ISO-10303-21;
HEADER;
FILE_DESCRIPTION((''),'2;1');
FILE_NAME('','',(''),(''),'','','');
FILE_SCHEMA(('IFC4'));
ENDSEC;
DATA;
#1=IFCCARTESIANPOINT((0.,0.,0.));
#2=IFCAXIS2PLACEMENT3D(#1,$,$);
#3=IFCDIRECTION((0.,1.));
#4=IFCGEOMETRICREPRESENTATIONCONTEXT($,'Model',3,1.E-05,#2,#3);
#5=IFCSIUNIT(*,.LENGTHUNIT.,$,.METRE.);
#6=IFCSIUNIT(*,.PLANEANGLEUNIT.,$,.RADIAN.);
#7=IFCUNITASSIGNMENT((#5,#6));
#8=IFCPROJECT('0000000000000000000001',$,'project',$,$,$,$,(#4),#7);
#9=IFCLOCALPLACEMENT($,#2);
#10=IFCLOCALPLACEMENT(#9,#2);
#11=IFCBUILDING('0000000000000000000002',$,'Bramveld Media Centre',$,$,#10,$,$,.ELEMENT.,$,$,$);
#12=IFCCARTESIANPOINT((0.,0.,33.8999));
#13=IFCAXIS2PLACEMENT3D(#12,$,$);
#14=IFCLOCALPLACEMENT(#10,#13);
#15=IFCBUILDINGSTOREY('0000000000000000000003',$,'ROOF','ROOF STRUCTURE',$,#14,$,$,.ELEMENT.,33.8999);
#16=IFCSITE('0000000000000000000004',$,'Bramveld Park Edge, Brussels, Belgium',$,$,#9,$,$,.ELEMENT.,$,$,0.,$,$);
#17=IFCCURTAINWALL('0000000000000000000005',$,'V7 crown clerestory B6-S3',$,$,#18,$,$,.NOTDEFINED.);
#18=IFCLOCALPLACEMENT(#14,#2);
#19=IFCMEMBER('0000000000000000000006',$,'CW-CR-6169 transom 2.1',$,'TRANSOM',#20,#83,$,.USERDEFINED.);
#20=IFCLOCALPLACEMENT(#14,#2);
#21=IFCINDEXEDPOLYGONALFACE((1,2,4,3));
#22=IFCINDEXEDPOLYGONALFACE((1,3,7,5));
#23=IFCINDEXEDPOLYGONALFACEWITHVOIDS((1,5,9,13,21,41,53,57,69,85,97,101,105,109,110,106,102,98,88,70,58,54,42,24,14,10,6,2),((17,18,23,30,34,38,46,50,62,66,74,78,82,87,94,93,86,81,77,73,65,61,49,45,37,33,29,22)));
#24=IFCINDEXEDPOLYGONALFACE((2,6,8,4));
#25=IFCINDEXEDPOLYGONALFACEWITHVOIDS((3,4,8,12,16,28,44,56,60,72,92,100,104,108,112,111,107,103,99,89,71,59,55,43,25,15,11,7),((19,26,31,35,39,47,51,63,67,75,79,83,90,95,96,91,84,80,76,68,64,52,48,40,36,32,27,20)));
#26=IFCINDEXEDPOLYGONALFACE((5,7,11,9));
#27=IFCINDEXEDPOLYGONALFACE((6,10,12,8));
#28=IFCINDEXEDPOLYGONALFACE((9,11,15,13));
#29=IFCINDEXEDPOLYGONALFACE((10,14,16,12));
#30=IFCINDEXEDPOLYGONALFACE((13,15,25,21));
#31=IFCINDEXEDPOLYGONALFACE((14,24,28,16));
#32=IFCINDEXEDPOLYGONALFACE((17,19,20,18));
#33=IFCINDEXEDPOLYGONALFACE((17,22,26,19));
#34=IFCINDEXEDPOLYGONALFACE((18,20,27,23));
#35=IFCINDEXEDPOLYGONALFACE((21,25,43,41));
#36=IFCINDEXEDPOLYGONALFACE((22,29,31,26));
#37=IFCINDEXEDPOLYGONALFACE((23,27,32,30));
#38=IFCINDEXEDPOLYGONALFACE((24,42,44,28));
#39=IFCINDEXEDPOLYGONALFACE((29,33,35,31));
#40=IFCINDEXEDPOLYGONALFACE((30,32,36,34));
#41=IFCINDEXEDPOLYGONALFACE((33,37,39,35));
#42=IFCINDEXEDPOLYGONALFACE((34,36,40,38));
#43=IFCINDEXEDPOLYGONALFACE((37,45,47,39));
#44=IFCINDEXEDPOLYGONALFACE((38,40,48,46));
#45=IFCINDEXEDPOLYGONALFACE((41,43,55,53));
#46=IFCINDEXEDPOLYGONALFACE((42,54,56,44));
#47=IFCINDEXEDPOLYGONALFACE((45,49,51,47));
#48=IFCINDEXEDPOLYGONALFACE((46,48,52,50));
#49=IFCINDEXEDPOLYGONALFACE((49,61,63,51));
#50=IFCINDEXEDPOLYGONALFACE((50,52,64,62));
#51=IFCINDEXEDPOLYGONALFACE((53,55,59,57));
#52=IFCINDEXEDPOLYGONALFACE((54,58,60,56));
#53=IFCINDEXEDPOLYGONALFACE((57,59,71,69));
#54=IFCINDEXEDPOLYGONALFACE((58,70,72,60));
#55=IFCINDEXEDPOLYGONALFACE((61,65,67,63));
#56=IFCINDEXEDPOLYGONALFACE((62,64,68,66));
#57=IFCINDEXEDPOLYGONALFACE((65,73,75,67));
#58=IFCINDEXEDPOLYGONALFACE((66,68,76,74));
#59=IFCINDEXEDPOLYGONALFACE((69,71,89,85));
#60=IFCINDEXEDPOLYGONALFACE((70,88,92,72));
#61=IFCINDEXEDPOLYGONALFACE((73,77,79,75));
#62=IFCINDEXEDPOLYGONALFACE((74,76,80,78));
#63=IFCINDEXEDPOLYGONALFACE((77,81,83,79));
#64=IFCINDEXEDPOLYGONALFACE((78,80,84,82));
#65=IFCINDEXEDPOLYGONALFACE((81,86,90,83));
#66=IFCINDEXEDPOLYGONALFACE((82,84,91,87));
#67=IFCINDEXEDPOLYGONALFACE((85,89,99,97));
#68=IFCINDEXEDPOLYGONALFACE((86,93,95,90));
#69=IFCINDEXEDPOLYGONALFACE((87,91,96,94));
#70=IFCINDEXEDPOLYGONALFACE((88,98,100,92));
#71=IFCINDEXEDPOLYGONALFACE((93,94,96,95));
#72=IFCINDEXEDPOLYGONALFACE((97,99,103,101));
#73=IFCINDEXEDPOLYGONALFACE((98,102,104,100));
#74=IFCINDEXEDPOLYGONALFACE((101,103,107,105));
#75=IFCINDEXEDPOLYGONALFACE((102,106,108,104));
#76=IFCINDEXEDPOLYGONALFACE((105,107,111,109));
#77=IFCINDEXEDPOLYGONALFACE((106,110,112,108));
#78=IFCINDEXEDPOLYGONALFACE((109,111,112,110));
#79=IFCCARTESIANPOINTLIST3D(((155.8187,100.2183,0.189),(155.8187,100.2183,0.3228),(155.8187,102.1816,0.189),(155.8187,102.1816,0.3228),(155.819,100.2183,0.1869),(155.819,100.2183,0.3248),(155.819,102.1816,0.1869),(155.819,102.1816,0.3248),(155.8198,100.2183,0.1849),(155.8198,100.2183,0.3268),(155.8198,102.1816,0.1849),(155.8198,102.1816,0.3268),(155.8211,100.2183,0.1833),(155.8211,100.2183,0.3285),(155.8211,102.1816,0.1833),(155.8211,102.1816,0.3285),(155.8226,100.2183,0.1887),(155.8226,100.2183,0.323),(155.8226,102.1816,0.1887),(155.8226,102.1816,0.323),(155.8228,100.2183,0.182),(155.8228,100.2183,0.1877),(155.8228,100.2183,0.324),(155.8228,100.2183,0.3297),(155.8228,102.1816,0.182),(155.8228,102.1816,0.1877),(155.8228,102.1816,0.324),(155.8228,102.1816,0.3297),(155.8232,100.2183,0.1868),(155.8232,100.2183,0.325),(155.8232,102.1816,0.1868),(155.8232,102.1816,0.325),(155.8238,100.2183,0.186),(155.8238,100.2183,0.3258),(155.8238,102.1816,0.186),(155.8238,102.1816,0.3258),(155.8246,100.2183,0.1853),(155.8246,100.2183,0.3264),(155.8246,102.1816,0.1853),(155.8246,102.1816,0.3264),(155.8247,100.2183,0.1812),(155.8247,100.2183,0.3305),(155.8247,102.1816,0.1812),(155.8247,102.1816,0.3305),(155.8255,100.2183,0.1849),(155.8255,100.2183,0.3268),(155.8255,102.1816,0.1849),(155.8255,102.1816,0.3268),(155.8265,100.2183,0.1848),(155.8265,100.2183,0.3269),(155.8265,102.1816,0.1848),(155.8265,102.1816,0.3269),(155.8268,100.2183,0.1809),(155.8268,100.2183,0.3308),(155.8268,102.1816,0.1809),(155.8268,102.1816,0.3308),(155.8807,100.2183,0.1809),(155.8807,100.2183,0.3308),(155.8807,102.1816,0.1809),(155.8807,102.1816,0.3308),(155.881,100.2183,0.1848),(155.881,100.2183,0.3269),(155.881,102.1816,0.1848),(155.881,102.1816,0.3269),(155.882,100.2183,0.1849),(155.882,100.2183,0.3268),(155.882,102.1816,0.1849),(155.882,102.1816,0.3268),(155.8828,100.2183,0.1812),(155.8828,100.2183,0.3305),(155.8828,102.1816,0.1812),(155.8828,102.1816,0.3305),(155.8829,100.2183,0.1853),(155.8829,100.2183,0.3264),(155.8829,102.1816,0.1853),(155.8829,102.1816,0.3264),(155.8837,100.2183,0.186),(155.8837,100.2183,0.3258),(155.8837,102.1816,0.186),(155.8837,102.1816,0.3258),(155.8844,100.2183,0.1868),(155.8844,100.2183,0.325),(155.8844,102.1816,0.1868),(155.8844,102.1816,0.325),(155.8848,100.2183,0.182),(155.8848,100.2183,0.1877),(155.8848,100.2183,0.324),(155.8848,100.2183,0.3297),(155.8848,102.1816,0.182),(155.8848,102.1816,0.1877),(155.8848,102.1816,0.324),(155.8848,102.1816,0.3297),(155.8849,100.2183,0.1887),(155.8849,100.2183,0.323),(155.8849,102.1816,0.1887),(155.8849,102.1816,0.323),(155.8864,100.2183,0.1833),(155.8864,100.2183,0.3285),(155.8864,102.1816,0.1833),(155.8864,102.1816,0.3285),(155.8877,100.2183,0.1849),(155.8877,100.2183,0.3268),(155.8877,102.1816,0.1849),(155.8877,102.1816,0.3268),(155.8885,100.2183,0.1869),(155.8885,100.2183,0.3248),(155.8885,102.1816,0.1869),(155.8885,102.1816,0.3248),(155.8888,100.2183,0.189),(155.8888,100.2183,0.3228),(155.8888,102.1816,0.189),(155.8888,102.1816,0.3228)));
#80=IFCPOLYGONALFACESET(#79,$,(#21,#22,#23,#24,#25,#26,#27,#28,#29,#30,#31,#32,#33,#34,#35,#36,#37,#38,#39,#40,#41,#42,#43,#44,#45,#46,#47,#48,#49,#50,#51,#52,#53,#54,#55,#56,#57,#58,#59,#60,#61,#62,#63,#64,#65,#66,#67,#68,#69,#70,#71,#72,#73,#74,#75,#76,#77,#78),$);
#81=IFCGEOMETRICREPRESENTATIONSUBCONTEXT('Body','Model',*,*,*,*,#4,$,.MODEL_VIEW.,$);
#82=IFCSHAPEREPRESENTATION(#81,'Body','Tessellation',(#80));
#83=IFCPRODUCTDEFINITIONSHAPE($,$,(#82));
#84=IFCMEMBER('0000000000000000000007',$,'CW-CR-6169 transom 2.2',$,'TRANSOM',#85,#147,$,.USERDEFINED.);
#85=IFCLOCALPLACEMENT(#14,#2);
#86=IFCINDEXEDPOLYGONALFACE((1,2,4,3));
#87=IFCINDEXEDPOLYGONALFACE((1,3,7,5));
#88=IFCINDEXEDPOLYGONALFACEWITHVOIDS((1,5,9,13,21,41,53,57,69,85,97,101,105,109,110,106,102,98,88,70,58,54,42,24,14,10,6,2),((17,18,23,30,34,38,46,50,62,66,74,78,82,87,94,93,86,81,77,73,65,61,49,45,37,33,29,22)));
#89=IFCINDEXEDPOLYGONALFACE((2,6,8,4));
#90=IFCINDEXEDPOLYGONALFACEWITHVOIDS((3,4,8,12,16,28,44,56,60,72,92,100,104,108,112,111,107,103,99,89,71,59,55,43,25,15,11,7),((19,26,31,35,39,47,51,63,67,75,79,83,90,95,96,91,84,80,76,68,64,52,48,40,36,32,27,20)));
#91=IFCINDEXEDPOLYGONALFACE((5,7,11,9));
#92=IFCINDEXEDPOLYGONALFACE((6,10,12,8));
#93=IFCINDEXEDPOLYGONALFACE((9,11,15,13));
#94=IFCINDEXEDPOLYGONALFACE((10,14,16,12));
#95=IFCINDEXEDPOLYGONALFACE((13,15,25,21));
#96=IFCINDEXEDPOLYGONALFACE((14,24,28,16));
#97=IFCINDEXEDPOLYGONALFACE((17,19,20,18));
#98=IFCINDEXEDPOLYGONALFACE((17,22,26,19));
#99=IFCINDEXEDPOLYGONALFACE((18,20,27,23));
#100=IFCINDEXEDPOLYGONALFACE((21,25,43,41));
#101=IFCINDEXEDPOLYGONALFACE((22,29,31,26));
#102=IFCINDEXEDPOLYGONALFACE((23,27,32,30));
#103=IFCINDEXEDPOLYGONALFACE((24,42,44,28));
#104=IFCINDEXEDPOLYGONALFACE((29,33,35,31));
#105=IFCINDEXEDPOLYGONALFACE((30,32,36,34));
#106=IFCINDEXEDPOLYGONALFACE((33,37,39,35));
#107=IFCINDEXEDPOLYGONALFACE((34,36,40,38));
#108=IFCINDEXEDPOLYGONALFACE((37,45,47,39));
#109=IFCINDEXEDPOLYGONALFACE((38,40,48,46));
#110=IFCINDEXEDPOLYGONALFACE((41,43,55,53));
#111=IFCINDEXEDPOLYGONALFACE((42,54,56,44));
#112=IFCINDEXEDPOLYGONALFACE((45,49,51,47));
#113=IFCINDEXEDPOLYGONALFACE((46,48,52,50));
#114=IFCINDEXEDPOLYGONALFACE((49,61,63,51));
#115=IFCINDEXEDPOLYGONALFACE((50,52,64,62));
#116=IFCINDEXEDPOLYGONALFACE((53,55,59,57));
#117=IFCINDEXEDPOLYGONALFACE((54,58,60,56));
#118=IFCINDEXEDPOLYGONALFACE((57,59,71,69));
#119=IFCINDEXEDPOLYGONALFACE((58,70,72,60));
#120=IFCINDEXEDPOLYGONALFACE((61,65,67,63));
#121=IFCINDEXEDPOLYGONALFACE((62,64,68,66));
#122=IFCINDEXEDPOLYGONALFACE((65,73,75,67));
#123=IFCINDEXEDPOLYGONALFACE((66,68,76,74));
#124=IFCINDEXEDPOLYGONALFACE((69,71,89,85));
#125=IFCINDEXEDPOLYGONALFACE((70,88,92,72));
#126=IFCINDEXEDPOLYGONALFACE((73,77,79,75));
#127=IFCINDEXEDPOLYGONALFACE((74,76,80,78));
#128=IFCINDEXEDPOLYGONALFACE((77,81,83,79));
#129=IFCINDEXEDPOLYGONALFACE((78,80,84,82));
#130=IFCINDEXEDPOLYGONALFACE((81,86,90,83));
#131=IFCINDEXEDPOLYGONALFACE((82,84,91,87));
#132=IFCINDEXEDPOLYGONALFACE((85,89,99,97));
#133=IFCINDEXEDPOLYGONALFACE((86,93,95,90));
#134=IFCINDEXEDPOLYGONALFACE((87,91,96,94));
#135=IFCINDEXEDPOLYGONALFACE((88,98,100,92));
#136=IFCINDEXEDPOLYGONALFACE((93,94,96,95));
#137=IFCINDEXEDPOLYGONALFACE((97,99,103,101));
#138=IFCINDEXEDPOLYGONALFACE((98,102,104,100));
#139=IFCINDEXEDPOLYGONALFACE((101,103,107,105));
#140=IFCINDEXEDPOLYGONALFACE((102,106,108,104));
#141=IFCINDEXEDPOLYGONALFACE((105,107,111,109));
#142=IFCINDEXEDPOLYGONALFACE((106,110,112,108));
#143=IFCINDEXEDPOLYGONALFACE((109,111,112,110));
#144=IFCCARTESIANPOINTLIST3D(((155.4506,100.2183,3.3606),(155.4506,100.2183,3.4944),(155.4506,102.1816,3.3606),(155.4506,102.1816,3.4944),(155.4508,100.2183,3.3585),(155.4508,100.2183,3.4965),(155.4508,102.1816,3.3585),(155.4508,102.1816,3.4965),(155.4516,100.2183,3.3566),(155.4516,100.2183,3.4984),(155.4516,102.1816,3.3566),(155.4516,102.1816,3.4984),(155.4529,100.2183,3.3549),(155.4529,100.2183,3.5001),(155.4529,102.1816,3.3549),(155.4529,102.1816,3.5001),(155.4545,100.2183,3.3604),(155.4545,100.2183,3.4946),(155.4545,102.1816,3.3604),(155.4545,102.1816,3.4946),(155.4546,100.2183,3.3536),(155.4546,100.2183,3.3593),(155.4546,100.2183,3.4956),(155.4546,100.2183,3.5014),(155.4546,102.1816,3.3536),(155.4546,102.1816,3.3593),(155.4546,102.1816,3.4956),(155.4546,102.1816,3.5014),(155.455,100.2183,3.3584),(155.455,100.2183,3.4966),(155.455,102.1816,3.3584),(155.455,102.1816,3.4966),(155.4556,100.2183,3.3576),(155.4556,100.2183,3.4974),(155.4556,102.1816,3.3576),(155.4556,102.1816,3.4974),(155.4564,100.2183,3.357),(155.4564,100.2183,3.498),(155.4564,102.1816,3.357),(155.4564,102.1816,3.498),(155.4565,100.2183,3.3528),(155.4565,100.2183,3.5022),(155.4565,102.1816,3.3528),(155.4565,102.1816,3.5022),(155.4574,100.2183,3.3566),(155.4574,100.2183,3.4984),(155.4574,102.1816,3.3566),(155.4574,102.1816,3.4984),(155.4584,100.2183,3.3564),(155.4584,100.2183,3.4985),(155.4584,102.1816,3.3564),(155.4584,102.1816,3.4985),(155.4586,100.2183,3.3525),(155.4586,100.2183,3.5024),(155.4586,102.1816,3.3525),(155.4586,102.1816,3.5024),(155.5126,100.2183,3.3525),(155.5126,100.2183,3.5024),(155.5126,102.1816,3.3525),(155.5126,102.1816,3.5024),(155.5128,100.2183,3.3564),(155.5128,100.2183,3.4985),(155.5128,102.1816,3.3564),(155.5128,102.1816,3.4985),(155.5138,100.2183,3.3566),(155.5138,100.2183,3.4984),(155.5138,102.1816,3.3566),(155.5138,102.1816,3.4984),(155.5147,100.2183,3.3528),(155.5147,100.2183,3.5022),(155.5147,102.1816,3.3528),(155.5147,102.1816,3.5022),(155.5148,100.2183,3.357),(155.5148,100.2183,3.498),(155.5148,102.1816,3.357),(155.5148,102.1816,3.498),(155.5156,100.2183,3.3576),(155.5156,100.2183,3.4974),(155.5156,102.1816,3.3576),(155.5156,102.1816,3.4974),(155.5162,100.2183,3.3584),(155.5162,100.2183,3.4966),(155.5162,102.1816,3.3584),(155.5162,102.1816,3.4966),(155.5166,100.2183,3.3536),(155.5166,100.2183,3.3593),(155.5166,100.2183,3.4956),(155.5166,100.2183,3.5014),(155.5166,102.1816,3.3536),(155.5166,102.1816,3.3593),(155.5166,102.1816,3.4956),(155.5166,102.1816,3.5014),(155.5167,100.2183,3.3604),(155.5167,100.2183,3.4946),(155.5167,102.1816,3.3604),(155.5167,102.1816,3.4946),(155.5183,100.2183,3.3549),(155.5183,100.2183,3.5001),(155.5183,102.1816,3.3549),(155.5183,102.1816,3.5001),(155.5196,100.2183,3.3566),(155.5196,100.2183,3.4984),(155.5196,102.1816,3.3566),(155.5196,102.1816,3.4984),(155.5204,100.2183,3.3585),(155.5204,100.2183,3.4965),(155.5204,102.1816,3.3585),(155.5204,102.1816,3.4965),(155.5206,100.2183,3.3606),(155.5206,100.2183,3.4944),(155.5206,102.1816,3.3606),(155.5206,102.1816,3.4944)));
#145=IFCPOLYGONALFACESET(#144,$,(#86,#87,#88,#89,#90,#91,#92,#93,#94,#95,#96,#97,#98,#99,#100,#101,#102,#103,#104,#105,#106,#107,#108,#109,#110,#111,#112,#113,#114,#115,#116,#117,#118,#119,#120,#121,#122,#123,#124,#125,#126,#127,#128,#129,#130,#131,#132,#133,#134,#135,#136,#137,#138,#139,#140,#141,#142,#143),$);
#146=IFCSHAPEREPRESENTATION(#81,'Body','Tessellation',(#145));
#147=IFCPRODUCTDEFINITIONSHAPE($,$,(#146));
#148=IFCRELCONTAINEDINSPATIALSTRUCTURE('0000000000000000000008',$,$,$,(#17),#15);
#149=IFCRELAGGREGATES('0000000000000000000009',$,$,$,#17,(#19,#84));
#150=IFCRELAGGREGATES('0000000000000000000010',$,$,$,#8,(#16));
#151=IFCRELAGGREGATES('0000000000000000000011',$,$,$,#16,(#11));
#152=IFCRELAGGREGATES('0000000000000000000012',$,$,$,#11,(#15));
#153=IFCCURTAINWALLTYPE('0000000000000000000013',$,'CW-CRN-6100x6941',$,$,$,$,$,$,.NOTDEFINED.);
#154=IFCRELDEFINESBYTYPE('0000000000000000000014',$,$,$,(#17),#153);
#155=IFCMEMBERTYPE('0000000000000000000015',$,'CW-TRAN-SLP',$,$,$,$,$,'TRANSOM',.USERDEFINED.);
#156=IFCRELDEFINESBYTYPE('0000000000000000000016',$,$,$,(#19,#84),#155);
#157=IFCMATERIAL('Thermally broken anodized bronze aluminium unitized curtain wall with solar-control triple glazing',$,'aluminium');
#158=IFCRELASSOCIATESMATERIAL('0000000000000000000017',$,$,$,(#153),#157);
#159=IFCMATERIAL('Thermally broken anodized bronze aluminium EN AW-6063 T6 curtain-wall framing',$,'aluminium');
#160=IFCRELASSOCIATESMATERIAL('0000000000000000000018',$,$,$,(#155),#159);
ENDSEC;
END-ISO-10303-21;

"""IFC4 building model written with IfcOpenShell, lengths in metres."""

from ifc_helpers import new_model, si_unit, direction, frame, origin, origin_2d, place, context, subcontext, project, spatial, hollow_rectangle, extrude, material, material_profile, profile_set, type_object, element, aggregate, save


model = new_model("IFC4")

# Units and contexts
model_context = context("Model", 3, precision=1e-05, world=origin(), true_north=direction((0.0, 1.0)))
body_context = subcontext(model_context, "Body", "Model", "MODEL_VIEW")
ifc_project = project(units=[si_unit("LENGTHUNIT", "METRE"), si_unit("PLANEANGLEUNIT", "RADIAN")], contexts=[model_context])

# Site, building, storey
site_placement = place(None, origin())
site = spatial("IfcSite", under=ifc_project, at=site_placement, Name="Bramveld Park Edge, Brussels, Belgium", CompositionType="ELEMENT", RefElevation=0.0)
building_placement = place(site_placement, origin())
building = spatial("IfcBuilding", under=site, at=building_placement, Name="Bramveld Media Centre", CompositionType="ELEMENT")
storey_placement = place(building_placement, frame((0.0, 0.0, 33.8999)))
storey = spatial("IfcBuildingStorey", under=building, at=storey_placement, Name="ROOF", Description="ROOF STRUCTURE", CompositionType="ELEMENT", Elevation=33.8999)

# Curtain wall
ifc_material_1 = material(Name="Thermally broken anodized bronze aluminium unitized curtain wall with solar-control triple glazing", Category="aluminium")
curtain_wall_type = type_object("IfcCurtainWallType", Name="CW-CRN-6100x6941", PredefinedType="NOTDEFINED", material=ifc_material_1)
curtain_wall_1_placement = place(storey_placement, origin())
curtain_wall_1 = element("IfcCurtainWall", 1, at=curtain_wall_1_placement, inside=storey, type_object=curtain_wall_type, Name="V7 crown clerestory B6-S3", PredefinedType="NOTDEFINED")

# Members
ifc_material_2 = material(Name="Thermally broken anodized bronze aluminium EN AW-6063 T6 curtain-wall framing", Category="aluminium")
ifc_material_profile_1 = material_profile(ifc_material_2, hollow_rectangle(XDim=0.0701, YDim=0.1499, WallThickness=0.0039, InnerFilletRadius=0.0039, OuterFilletRadius=0.0081, at=origin_2d()), Name="AL-TRAN 70x150")
ifc_profile_set_1 = profile_set([ifc_material_profile_1], Name="Thermally broken anodized bronze aluminium EN AW-6063 T6 curtain-wall framing")
member_type_1 = type_object("IfcMemberType", Name="CW-TRAN-SLP", ElementType="TRANSOM", PredefinedType="USERDEFINED", material=ifc_profile_set_1)
member_1_placement = place(storey_placement, frame((155.8538, 100.2183, 0.2559), z_axis=(0.0, 1.0, 0.0), x_axis=(-1.0, 0.0, 0.0)))
member_1 = element("IfcMember", 2, at=member_1_placement, type_object=member_type_1, Name="CW-CR-6169 transom 2.1", ObjectType="TRANSOM", PredefinedType="USERDEFINED", context=body_context, shape_type="SweptSolid", body=[
    extrude(hollow_rectangle(XDim=0.0701, YDim=0.1499, WallThickness=0.0039, InnerFilletRadius=0.0039, OuterFilletRadius=0.0081, at=origin_2d()), origin(), (0.0, 0.0, 1.0), 1.9634),
])
member_2_placement = place(storey_placement, frame((155.4856, 100.2183, 3.4275), z_axis=(0.0, 1.0, 0.0), x_axis=(-1.0, 0.0, 0.0)))
member_2 = element("IfcMember", 3, at=member_2_placement, type_object=member_type_1, Name="CW-CR-6169 transom 2.2", ObjectType="TRANSOM", PredefinedType="USERDEFINED", context=body_context, shape_type="SweptSolid", body=[
    extrude(hollow_rectangle(XDim=0.0701, YDim=0.1499, WallThickness=0.0039, InnerFilletRadius=0.0039, OuterFilletRadius=0.0081, at=origin_2d()), origin(), (0.0, 0.0, 1.0), 1.9634),
])

aggregate(curtain_wall_1, [member_1, member_2])

save(model, "model.ifc")
